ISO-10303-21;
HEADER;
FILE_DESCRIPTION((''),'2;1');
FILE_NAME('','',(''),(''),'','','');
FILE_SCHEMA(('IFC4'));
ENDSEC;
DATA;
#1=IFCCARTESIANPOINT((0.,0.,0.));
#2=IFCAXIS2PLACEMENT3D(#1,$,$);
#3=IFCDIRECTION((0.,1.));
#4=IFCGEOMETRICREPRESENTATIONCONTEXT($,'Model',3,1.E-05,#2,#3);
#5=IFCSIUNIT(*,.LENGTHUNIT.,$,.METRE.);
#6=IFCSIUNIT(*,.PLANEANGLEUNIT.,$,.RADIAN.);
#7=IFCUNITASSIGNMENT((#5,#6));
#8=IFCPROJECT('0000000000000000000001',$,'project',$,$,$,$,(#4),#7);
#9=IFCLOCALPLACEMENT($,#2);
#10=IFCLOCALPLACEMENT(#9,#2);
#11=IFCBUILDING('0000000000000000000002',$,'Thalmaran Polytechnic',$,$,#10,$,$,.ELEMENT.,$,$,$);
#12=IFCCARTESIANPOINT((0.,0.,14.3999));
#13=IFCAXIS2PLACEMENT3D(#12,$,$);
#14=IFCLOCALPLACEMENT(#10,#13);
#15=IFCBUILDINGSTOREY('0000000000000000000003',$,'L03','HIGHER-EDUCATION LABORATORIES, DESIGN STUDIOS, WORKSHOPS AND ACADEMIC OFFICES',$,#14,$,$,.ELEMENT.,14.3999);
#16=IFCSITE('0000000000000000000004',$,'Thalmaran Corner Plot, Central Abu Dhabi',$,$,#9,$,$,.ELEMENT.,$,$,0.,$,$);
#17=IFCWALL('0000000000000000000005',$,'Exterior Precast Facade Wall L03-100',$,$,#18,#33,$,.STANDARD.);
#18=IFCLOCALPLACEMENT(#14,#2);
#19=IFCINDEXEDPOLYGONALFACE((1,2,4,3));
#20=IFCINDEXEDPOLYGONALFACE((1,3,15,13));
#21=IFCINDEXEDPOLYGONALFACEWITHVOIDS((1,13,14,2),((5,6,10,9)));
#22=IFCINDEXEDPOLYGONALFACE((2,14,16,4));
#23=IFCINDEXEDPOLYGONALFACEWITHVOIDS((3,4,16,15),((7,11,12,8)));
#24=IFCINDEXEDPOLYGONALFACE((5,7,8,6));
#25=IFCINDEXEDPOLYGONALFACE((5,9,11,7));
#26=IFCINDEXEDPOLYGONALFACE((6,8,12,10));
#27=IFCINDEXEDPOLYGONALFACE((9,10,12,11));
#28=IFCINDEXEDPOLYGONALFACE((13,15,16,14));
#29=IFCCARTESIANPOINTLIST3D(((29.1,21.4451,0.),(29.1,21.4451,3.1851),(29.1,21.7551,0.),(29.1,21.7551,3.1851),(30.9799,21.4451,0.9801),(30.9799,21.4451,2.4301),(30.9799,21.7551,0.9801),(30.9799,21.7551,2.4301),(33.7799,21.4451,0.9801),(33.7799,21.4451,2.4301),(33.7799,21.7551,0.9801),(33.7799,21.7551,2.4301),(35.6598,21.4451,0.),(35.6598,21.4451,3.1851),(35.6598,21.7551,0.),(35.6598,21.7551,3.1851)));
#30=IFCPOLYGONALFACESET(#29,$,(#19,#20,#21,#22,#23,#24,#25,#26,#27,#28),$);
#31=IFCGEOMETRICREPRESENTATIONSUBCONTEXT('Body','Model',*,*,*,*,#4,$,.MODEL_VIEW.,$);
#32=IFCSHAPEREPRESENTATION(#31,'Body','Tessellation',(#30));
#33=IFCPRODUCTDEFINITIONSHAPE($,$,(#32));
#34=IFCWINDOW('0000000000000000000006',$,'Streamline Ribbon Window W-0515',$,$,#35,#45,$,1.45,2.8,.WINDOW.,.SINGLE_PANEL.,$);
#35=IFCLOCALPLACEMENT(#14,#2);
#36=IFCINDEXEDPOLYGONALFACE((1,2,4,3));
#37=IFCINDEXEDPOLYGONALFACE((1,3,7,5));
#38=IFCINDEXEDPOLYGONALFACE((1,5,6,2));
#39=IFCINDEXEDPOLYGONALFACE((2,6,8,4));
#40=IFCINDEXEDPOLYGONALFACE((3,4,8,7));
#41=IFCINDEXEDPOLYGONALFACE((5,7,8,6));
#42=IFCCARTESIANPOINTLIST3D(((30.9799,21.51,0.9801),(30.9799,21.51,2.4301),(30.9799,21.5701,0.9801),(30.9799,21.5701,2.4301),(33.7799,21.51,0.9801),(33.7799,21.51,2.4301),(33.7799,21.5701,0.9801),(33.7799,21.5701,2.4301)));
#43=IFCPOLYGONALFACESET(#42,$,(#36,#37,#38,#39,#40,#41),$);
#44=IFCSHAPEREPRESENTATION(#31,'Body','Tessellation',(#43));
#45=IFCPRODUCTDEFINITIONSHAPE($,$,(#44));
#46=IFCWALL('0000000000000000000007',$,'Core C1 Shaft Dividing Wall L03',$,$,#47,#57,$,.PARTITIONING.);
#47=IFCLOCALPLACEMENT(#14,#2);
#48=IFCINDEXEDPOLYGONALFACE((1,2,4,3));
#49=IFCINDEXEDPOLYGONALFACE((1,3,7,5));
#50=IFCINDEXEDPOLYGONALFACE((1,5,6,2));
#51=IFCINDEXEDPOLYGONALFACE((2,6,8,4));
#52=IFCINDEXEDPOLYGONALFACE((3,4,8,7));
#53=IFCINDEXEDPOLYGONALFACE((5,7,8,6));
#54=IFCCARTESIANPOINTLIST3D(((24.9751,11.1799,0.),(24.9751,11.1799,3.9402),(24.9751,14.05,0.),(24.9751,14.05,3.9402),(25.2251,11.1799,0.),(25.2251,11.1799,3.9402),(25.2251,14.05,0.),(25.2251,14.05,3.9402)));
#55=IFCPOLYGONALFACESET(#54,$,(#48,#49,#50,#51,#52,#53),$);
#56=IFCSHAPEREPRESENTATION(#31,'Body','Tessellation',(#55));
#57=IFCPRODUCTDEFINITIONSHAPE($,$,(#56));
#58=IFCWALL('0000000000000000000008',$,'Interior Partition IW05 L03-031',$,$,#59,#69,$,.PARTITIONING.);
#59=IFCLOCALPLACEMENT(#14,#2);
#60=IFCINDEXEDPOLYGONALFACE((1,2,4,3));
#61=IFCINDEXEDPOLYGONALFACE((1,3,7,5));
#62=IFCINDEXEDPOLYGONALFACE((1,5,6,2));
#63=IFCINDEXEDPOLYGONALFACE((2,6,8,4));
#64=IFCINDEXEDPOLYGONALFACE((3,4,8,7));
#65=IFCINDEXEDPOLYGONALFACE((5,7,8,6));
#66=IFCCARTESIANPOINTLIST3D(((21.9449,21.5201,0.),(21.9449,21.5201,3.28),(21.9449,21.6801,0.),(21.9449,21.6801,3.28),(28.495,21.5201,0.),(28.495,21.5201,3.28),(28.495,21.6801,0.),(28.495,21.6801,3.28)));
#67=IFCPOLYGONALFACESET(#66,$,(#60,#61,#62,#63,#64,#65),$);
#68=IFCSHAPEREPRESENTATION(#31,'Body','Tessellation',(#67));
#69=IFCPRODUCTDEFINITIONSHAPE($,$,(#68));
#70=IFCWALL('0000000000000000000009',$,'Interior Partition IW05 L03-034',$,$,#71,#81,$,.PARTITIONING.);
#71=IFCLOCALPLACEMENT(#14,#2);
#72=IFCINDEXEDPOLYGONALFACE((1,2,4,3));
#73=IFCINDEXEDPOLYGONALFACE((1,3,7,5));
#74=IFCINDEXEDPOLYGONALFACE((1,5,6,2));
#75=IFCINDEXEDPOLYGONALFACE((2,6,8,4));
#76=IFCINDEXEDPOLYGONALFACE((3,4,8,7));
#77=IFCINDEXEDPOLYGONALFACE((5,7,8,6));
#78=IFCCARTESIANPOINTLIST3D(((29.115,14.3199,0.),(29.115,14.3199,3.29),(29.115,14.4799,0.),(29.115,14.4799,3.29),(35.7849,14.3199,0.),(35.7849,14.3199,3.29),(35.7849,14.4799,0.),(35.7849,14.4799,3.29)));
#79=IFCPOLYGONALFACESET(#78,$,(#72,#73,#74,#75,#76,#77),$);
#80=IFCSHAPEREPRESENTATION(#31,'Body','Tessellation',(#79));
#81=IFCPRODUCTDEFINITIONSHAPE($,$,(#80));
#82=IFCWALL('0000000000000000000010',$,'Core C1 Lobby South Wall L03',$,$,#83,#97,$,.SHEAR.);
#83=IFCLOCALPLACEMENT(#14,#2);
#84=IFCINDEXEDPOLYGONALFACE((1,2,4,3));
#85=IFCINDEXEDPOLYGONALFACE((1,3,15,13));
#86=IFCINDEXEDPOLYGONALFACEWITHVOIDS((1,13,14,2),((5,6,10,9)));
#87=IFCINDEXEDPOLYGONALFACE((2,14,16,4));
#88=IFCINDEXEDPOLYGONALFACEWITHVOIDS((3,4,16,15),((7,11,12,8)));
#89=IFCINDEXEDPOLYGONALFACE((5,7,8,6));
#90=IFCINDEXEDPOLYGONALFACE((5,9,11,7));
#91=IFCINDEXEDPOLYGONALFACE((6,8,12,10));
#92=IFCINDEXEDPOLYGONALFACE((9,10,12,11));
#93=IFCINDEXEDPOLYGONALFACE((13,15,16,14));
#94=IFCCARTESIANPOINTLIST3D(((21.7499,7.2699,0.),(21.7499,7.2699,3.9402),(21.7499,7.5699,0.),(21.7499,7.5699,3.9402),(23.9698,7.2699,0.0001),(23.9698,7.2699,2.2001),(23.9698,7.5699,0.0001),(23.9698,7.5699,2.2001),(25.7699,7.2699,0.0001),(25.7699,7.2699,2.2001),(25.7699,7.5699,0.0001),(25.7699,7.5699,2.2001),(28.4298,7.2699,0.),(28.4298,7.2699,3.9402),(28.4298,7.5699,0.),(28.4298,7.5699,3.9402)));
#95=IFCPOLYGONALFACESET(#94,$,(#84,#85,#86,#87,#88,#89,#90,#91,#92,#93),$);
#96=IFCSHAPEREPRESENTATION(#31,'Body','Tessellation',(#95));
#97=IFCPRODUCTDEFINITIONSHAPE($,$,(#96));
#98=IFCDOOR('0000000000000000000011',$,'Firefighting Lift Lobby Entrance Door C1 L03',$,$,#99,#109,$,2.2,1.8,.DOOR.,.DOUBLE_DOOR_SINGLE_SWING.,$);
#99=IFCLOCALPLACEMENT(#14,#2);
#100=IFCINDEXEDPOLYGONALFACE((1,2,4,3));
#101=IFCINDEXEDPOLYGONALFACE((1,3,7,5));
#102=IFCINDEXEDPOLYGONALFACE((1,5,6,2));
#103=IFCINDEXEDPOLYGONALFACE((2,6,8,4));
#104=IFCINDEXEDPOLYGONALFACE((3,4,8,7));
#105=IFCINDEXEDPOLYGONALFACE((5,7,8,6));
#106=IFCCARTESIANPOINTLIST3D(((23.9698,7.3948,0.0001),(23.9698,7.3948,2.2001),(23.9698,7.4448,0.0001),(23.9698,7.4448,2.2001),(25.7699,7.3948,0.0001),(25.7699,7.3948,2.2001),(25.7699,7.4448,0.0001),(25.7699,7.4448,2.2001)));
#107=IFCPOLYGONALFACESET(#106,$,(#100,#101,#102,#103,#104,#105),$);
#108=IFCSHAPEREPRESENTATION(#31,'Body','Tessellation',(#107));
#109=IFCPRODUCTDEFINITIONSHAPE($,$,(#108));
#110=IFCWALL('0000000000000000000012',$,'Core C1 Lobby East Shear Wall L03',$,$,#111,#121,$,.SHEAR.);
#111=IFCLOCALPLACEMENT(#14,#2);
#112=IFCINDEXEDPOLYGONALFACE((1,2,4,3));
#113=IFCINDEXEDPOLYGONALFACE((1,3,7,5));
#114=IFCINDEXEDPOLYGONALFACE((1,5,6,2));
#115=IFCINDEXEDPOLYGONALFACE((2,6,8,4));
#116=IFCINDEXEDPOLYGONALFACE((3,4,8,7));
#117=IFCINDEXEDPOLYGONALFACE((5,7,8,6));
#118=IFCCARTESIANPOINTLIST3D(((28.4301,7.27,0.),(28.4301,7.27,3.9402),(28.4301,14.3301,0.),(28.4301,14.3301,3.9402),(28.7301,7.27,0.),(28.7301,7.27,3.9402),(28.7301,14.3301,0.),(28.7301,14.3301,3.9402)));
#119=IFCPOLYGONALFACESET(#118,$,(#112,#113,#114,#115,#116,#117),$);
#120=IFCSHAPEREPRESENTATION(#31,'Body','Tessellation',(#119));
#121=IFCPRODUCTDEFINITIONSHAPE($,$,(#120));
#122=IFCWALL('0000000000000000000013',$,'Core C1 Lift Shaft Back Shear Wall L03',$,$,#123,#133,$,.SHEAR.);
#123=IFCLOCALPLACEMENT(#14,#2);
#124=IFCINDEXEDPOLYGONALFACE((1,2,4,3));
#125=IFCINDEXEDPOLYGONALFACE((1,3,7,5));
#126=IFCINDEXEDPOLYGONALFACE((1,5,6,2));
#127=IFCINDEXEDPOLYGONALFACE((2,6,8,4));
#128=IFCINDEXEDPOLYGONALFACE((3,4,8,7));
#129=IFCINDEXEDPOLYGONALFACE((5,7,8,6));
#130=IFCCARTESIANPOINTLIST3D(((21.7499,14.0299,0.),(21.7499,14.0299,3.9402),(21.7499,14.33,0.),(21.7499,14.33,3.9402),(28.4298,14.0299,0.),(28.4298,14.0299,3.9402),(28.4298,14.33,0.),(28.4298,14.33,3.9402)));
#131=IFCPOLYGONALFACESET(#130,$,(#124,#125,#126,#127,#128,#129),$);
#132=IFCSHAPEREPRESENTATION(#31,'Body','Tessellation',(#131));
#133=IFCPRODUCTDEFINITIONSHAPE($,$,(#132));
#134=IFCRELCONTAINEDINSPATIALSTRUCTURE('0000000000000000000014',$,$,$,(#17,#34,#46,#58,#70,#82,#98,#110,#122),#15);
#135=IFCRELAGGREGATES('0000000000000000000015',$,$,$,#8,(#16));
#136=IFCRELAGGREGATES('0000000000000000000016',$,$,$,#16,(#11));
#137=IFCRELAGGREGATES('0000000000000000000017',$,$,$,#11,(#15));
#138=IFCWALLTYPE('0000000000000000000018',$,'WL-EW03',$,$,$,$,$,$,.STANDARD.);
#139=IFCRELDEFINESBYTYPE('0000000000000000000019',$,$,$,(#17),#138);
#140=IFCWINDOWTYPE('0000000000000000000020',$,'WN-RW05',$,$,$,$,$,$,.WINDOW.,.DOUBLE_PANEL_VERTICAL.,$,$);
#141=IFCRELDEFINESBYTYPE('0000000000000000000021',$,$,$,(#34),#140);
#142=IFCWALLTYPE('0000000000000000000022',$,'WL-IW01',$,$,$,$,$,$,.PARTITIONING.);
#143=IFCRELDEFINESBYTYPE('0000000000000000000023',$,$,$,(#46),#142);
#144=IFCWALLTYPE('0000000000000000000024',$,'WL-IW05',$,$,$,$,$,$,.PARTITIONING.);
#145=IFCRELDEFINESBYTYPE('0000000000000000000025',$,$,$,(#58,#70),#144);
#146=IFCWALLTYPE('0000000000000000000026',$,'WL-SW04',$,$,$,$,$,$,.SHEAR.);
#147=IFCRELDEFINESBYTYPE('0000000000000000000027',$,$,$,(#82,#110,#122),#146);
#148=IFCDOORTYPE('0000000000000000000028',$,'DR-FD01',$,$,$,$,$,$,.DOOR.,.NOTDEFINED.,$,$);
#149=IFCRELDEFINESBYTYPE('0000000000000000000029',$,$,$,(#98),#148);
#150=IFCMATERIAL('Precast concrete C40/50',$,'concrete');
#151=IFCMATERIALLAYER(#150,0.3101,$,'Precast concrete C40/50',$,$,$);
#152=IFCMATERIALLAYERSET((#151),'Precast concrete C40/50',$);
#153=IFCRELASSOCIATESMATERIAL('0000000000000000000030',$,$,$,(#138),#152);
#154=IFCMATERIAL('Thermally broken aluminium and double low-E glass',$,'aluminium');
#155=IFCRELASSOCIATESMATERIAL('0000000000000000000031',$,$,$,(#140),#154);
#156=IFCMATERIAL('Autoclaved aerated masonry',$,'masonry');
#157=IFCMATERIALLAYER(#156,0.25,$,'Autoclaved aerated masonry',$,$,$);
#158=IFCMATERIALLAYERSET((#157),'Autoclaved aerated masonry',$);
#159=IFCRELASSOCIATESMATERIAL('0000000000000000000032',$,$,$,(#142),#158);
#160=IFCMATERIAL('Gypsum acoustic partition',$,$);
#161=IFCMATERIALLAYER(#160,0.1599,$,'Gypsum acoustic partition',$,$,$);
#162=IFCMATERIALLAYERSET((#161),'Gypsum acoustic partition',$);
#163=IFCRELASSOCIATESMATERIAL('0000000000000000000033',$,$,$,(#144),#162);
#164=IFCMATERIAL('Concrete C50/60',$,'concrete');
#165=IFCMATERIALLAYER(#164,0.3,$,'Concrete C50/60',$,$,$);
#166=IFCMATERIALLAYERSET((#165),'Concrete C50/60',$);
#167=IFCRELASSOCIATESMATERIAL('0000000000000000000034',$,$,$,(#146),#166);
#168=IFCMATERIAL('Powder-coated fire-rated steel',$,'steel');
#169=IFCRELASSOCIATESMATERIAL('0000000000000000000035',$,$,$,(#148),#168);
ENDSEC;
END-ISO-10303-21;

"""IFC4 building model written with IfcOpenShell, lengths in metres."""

from ifc_helpers import new_model, si_unit, direction, frame, frame_2d, origin, place, context, subcontext, project, spatial, rectangle, extrude, material, layer, layer_set, type_object, element, fill, save


model = new_model("IFC4")

# Units and contexts
model_context = context("Model", 3, precision=1e-05, world=origin(), true_north=direction((0.0, 1.0)))
body_context = subcontext(model_context, "Body", "Model", "MODEL_VIEW")
ifc_project = project(units=[si_unit("LENGTHUNIT", "METRE"), si_unit("PLANEANGLEUNIT", "RADIAN")], contexts=[model_context])

# Site, building, storey
site_placement = place(None, origin())
site = spatial("IfcSite", under=ifc_project, at=site_placement, Name="Thalmaran Corner Plot, Central Abu Dhabi", CompositionType="ELEMENT", RefElevation=0.0)
building_placement = place(site_placement, origin())
building = spatial("IfcBuilding", under=site, at=building_placement, Name="Thalmaran Polytechnic", CompositionType="ELEMENT")
storey_placement = place(building_placement, frame((0.0, 0.0, 14.3999)))
storey = spatial("IfcBuildingStorey", under=building, at=storey_placement, Name="L03", Description="HIGHER-EDUCATION LABORATORIES, DESIGN STUDIOS, WORKSHOPS AND ACADEMIC OFFICES", CompositionType="ELEMENT", Elevation=14.3999)

# Wall, opening, window
ifc_material_1 = material(Name="Precast concrete C40/50", Category="concrete")
ifc_layer_1 = layer(ifc_material_1, 0.3101, Name="Precast concrete C40/50")
ifc_layer_set_1 = layer_set([ifc_layer_1], Name="Precast concrete C40/50")
wall_type_1 = type_object("IfcWallType", Name="WL-EW03", PredefinedType="STANDARD", material=ifc_layer_set_1)
wall_1_placement = place(storey_placement, frame((29.1001, 21.6001, 0.0), z_axis=(0.0, 0.0, 1.0), x_axis=(1.0, 0.0, 0.0)))
wall_1 = element("IfcWall", 1, at=wall_1_placement, inside=storey, type_object=wall_type_1, Name="Exterior Precast Facade Wall L03-100", PredefinedType="STANDARD", context=body_context, shape_type="SweptSolid", body=[
    extrude(rectangle(XDim=6.5598, YDim=0.3101, at=frame_2d((3.2798, 0.0))), origin(), (0.0, 0.0, 1.0), 3.1851),
])
opening_1_placement = place(wall_1_placement, frame((1.8799, 0.0, 0.98)))
opening_1 = element("IfcOpeningElement", 2, at=opening_1_placement, cuts=wall_1, PredefinedType="OPENING", context=body_context, shape_type="SweptSolid", body=[
    extrude(rectangle(XDim=2.8, YDim=1.45, at=frame_2d((1.3999, 0.7251))), frame((0.0, 0.165, 0.0), z_axis=(0.0, -1.0, 0.0), x_axis=(1.0, 0.0, 0.0)), (0.0, 0.0, 1.0), 0.3301),
])
ifc_material_2 = material(Name="Thermally broken aluminium and double low-E glass", Category="aluminium")
window_type = type_object("IfcWindowType", Name="WN-RW05", PartitioningType="DOUBLE_PANEL_VERTICAL", PredefinedType="WINDOW", material=ifc_material_2)
window_placement = place(opening_1_placement, origin())
window = element("IfcWindow", 3, at=window_placement, inside=storey, type_object=window_type, Name="Streamline Ribbon Window W-0515", OverallHeight=1.45, OverallWidth=2.8, PartitioningType="SINGLE_PANEL", PredefinedType="WINDOW", context=body_context, shape_type="SweptSolid", body=[
    extrude(rectangle(XDim=2.8, YDim=1.45, at=frame_2d((1.3999, 0.7251))), frame((0.0, -0.03, 0.0), z_axis=(0.0, -1.0, 0.0), x_axis=(1.0, 0.0, 0.0)), (0.0, 0.0, 1.0), 0.0601),
])
fill(opening_1, window)

# Walls
ifc_material_3 = material(Name="Autoclaved aerated masonry", Category="masonry")
ifc_layer_2 = layer(ifc_material_3, 0.25, Name="Autoclaved aerated masonry")
ifc_layer_set_2 = layer_set([ifc_layer_2], Name="Autoclaved aerated masonry")
wall_type_2 = type_object("IfcWallType", Name="WL-IW01", PredefinedType="PARTITIONING", material=ifc_layer_set_2)
wall_2_placement = place(storey_placement, frame((25.1001, 11.1799, 0.0), z_axis=(0.0, 0.0, 1.0), x_axis=(0.0, 1.0, 0.0)))
element("IfcWall", 4, at=wall_2_placement, inside=storey, type_object=wall_type_2, Name="Core C1 Shaft Dividing Wall L03", PredefinedType="PARTITIONING", context=body_context, shape_type="SweptSolid", body=[
    extrude(rectangle(XDim=2.8701, YDim=0.25, at=frame_2d((1.4351, 0.0))), origin(), (0.0, 0.0, 1.0), 3.9402),
])
ifc_material_4 = material(Name="Gypsum acoustic partition")
ifc_layer_3 = layer(ifc_material_4, 0.1599, Name="Gypsum acoustic partition")
ifc_layer_set_3 = layer_set([ifc_layer_3], Name="Gypsum acoustic partition")
wall_type_3 = type_object("IfcWallType", Name="WL-IW05", PredefinedType="PARTITIONING", material=ifc_layer_set_3)
wall_3_placement = place(storey_placement, frame((21.9451, 21.6001, 0.0), z_axis=(0.0, 0.0, 1.0), x_axis=(1.0, 0.0, 0.0)))
element("IfcWall", 5, at=wall_3_placement, inside=storey, type_object=wall_type_3, Name="Interior Partition IW05 L03-031", PredefinedType="PARTITIONING", context=body_context, shape_type="SweptSolid", body=[
    extrude(rectangle(XDim=6.55, YDim=0.1599, at=frame_2d((3.2749, 0.0))), origin(), (0.0, 0.0, 1.0), 3.28),
])
wall_4_placement = place(storey_placement, frame((29.115, 14.3999, 0.0), z_axis=(0.0, 0.0, 1.0), x_axis=(1.0, 0.0, 0.0)))
element("IfcWall", 6, at=wall_4_placement, inside=storey, type_object=wall_type_3, Name="Interior Partition IW05 L03-034", PredefinedType="PARTITIONING", context=body_context, shape_type="SweptSolid", body=[
    extrude(rectangle(XDim=6.6699, YDim=0.1599, at=frame_2d((3.335, 0.0))), origin(), (0.0, 0.0, 1.0), 3.29),
])

# Wall, opening, door
ifc_material_5 = material(Name="Concrete C50/60", Category="concrete")
ifc_layer_4 = layer(ifc_material_5, 0.3, Name="Concrete C50/60")
ifc_layer_set_4 = layer_set([ifc_layer_4], Name="Concrete C50/60")
wall_type_4 = type_object("IfcWallType", Name="WL-SW04", PredefinedType="SHEAR", material=ifc_layer_set_4)
wall_5_placement = place(storey_placement, frame((21.75, 7.4199, 0.0), z_axis=(0.0, 0.0, 1.0), x_axis=(1.0, 0.0, 0.0)))
wall_5 = element("IfcWall", 7, at=wall_5_placement, inside=storey, type_object=wall_type_4, Name="Core C1 Lobby South Wall L03", PredefinedType="SHEAR", context=body_context, shape_type="SweptSolid", body=[
    extrude(rectangle(XDim=6.6799, YDim=0.3, at=frame_2d((3.3398, 0.0))), origin(), (0.0, 0.0, 1.0), 3.9402),
])
opening_2_placement = place(wall_5_placement, frame((2.22, 0.0, 0.0)))
opening_2 = element("IfcOpeningElement", 8, at=opening_2_placement, cuts=wall_5, PredefinedType="OPENING", context=body_context, shape_type="SweptSolid", body=[
    extrude(rectangle(XDim=1.8, YDim=2.2, at=frame_2d((0.8999, 1.1001))), frame((0.0, 0.1599, 0.0), z_axis=(0.0, -1.0, 0.0), x_axis=(1.0, 0.0, 0.0)), (0.0, 0.0, 1.0), 0.3201),
])
ifc_material_6 = material(Name="Powder-coated fire-rated steel", Category="steel")
door_type_1 = type_object("IfcDoorType", Name="DR-FD01", OperationType="NOTDEFINED", PredefinedType="DOOR", material=ifc_material_6)
door_1_placement = place(opening_2_placement, origin())
door_1 = element("IfcDoor", 9, at=door_1_placement, inside=storey, type_object=door_type_1, Name="Firefighting Lift Lobby Entrance Door C1 L03", OperationType="DOUBLE_DOOR_SINGLE_SWING", OverallHeight=2.2, OverallWidth=1.8, PredefinedType="DOOR", context=body_context, shape_type="SweptSolid", body=[
    extrude(rectangle(XDim=1.8, YDim=2.2, at=frame_2d((0.8999, 1.1001))), frame((0.0, 0.0249, 0.0), z_axis=(0.0, -1.0, 0.0), x_axis=(1.0, 0.0, 0.0)), (0.0, 0.0, 1.0), 0.05),
])
fill(opening_2, door_1)

# Walls
wall_6_placement = place(storey_placement, frame((28.5801, 7.27, 0.0), z_axis=(0.0, 0.0, 1.0), x_axis=(0.0, 1.0, 0.0)))
element("IfcWall", 10, at=wall_6_placement, inside=storey, type_object=wall_type_4, Name="Core C1 Lobby East Shear Wall L03", PredefinedType="SHEAR", context=body_context, shape_type="SweptSolid", body=[
    extrude(rectangle(XDim=7.0601, YDim=0.3, at=frame_2d((3.53, 0.0))), origin(), (0.0, 0.0, 1.0), 3.9402),
])
wall_7_placement = place(storey_placement, frame((21.75, 14.1799, 0.0), z_axis=(0.0, 0.0, 1.0), x_axis=(1.0, 0.0, 0.0)))
element("IfcWall", 11, at=wall_7_placement, inside=storey, type_object=wall_type_4, Name="Core C1 Lift Shaft Back Shear Wall L03", PredefinedType="SHEAR", context=body_context, shape_type="SweptSolid", body=[
    extrude(rectangle(XDim=6.6799, YDim=0.3, at=frame_2d((3.3398, 0.0))), origin(), (0.0, 0.0, 1.0), 3.9402),
])

save(model, "model.ifc")
